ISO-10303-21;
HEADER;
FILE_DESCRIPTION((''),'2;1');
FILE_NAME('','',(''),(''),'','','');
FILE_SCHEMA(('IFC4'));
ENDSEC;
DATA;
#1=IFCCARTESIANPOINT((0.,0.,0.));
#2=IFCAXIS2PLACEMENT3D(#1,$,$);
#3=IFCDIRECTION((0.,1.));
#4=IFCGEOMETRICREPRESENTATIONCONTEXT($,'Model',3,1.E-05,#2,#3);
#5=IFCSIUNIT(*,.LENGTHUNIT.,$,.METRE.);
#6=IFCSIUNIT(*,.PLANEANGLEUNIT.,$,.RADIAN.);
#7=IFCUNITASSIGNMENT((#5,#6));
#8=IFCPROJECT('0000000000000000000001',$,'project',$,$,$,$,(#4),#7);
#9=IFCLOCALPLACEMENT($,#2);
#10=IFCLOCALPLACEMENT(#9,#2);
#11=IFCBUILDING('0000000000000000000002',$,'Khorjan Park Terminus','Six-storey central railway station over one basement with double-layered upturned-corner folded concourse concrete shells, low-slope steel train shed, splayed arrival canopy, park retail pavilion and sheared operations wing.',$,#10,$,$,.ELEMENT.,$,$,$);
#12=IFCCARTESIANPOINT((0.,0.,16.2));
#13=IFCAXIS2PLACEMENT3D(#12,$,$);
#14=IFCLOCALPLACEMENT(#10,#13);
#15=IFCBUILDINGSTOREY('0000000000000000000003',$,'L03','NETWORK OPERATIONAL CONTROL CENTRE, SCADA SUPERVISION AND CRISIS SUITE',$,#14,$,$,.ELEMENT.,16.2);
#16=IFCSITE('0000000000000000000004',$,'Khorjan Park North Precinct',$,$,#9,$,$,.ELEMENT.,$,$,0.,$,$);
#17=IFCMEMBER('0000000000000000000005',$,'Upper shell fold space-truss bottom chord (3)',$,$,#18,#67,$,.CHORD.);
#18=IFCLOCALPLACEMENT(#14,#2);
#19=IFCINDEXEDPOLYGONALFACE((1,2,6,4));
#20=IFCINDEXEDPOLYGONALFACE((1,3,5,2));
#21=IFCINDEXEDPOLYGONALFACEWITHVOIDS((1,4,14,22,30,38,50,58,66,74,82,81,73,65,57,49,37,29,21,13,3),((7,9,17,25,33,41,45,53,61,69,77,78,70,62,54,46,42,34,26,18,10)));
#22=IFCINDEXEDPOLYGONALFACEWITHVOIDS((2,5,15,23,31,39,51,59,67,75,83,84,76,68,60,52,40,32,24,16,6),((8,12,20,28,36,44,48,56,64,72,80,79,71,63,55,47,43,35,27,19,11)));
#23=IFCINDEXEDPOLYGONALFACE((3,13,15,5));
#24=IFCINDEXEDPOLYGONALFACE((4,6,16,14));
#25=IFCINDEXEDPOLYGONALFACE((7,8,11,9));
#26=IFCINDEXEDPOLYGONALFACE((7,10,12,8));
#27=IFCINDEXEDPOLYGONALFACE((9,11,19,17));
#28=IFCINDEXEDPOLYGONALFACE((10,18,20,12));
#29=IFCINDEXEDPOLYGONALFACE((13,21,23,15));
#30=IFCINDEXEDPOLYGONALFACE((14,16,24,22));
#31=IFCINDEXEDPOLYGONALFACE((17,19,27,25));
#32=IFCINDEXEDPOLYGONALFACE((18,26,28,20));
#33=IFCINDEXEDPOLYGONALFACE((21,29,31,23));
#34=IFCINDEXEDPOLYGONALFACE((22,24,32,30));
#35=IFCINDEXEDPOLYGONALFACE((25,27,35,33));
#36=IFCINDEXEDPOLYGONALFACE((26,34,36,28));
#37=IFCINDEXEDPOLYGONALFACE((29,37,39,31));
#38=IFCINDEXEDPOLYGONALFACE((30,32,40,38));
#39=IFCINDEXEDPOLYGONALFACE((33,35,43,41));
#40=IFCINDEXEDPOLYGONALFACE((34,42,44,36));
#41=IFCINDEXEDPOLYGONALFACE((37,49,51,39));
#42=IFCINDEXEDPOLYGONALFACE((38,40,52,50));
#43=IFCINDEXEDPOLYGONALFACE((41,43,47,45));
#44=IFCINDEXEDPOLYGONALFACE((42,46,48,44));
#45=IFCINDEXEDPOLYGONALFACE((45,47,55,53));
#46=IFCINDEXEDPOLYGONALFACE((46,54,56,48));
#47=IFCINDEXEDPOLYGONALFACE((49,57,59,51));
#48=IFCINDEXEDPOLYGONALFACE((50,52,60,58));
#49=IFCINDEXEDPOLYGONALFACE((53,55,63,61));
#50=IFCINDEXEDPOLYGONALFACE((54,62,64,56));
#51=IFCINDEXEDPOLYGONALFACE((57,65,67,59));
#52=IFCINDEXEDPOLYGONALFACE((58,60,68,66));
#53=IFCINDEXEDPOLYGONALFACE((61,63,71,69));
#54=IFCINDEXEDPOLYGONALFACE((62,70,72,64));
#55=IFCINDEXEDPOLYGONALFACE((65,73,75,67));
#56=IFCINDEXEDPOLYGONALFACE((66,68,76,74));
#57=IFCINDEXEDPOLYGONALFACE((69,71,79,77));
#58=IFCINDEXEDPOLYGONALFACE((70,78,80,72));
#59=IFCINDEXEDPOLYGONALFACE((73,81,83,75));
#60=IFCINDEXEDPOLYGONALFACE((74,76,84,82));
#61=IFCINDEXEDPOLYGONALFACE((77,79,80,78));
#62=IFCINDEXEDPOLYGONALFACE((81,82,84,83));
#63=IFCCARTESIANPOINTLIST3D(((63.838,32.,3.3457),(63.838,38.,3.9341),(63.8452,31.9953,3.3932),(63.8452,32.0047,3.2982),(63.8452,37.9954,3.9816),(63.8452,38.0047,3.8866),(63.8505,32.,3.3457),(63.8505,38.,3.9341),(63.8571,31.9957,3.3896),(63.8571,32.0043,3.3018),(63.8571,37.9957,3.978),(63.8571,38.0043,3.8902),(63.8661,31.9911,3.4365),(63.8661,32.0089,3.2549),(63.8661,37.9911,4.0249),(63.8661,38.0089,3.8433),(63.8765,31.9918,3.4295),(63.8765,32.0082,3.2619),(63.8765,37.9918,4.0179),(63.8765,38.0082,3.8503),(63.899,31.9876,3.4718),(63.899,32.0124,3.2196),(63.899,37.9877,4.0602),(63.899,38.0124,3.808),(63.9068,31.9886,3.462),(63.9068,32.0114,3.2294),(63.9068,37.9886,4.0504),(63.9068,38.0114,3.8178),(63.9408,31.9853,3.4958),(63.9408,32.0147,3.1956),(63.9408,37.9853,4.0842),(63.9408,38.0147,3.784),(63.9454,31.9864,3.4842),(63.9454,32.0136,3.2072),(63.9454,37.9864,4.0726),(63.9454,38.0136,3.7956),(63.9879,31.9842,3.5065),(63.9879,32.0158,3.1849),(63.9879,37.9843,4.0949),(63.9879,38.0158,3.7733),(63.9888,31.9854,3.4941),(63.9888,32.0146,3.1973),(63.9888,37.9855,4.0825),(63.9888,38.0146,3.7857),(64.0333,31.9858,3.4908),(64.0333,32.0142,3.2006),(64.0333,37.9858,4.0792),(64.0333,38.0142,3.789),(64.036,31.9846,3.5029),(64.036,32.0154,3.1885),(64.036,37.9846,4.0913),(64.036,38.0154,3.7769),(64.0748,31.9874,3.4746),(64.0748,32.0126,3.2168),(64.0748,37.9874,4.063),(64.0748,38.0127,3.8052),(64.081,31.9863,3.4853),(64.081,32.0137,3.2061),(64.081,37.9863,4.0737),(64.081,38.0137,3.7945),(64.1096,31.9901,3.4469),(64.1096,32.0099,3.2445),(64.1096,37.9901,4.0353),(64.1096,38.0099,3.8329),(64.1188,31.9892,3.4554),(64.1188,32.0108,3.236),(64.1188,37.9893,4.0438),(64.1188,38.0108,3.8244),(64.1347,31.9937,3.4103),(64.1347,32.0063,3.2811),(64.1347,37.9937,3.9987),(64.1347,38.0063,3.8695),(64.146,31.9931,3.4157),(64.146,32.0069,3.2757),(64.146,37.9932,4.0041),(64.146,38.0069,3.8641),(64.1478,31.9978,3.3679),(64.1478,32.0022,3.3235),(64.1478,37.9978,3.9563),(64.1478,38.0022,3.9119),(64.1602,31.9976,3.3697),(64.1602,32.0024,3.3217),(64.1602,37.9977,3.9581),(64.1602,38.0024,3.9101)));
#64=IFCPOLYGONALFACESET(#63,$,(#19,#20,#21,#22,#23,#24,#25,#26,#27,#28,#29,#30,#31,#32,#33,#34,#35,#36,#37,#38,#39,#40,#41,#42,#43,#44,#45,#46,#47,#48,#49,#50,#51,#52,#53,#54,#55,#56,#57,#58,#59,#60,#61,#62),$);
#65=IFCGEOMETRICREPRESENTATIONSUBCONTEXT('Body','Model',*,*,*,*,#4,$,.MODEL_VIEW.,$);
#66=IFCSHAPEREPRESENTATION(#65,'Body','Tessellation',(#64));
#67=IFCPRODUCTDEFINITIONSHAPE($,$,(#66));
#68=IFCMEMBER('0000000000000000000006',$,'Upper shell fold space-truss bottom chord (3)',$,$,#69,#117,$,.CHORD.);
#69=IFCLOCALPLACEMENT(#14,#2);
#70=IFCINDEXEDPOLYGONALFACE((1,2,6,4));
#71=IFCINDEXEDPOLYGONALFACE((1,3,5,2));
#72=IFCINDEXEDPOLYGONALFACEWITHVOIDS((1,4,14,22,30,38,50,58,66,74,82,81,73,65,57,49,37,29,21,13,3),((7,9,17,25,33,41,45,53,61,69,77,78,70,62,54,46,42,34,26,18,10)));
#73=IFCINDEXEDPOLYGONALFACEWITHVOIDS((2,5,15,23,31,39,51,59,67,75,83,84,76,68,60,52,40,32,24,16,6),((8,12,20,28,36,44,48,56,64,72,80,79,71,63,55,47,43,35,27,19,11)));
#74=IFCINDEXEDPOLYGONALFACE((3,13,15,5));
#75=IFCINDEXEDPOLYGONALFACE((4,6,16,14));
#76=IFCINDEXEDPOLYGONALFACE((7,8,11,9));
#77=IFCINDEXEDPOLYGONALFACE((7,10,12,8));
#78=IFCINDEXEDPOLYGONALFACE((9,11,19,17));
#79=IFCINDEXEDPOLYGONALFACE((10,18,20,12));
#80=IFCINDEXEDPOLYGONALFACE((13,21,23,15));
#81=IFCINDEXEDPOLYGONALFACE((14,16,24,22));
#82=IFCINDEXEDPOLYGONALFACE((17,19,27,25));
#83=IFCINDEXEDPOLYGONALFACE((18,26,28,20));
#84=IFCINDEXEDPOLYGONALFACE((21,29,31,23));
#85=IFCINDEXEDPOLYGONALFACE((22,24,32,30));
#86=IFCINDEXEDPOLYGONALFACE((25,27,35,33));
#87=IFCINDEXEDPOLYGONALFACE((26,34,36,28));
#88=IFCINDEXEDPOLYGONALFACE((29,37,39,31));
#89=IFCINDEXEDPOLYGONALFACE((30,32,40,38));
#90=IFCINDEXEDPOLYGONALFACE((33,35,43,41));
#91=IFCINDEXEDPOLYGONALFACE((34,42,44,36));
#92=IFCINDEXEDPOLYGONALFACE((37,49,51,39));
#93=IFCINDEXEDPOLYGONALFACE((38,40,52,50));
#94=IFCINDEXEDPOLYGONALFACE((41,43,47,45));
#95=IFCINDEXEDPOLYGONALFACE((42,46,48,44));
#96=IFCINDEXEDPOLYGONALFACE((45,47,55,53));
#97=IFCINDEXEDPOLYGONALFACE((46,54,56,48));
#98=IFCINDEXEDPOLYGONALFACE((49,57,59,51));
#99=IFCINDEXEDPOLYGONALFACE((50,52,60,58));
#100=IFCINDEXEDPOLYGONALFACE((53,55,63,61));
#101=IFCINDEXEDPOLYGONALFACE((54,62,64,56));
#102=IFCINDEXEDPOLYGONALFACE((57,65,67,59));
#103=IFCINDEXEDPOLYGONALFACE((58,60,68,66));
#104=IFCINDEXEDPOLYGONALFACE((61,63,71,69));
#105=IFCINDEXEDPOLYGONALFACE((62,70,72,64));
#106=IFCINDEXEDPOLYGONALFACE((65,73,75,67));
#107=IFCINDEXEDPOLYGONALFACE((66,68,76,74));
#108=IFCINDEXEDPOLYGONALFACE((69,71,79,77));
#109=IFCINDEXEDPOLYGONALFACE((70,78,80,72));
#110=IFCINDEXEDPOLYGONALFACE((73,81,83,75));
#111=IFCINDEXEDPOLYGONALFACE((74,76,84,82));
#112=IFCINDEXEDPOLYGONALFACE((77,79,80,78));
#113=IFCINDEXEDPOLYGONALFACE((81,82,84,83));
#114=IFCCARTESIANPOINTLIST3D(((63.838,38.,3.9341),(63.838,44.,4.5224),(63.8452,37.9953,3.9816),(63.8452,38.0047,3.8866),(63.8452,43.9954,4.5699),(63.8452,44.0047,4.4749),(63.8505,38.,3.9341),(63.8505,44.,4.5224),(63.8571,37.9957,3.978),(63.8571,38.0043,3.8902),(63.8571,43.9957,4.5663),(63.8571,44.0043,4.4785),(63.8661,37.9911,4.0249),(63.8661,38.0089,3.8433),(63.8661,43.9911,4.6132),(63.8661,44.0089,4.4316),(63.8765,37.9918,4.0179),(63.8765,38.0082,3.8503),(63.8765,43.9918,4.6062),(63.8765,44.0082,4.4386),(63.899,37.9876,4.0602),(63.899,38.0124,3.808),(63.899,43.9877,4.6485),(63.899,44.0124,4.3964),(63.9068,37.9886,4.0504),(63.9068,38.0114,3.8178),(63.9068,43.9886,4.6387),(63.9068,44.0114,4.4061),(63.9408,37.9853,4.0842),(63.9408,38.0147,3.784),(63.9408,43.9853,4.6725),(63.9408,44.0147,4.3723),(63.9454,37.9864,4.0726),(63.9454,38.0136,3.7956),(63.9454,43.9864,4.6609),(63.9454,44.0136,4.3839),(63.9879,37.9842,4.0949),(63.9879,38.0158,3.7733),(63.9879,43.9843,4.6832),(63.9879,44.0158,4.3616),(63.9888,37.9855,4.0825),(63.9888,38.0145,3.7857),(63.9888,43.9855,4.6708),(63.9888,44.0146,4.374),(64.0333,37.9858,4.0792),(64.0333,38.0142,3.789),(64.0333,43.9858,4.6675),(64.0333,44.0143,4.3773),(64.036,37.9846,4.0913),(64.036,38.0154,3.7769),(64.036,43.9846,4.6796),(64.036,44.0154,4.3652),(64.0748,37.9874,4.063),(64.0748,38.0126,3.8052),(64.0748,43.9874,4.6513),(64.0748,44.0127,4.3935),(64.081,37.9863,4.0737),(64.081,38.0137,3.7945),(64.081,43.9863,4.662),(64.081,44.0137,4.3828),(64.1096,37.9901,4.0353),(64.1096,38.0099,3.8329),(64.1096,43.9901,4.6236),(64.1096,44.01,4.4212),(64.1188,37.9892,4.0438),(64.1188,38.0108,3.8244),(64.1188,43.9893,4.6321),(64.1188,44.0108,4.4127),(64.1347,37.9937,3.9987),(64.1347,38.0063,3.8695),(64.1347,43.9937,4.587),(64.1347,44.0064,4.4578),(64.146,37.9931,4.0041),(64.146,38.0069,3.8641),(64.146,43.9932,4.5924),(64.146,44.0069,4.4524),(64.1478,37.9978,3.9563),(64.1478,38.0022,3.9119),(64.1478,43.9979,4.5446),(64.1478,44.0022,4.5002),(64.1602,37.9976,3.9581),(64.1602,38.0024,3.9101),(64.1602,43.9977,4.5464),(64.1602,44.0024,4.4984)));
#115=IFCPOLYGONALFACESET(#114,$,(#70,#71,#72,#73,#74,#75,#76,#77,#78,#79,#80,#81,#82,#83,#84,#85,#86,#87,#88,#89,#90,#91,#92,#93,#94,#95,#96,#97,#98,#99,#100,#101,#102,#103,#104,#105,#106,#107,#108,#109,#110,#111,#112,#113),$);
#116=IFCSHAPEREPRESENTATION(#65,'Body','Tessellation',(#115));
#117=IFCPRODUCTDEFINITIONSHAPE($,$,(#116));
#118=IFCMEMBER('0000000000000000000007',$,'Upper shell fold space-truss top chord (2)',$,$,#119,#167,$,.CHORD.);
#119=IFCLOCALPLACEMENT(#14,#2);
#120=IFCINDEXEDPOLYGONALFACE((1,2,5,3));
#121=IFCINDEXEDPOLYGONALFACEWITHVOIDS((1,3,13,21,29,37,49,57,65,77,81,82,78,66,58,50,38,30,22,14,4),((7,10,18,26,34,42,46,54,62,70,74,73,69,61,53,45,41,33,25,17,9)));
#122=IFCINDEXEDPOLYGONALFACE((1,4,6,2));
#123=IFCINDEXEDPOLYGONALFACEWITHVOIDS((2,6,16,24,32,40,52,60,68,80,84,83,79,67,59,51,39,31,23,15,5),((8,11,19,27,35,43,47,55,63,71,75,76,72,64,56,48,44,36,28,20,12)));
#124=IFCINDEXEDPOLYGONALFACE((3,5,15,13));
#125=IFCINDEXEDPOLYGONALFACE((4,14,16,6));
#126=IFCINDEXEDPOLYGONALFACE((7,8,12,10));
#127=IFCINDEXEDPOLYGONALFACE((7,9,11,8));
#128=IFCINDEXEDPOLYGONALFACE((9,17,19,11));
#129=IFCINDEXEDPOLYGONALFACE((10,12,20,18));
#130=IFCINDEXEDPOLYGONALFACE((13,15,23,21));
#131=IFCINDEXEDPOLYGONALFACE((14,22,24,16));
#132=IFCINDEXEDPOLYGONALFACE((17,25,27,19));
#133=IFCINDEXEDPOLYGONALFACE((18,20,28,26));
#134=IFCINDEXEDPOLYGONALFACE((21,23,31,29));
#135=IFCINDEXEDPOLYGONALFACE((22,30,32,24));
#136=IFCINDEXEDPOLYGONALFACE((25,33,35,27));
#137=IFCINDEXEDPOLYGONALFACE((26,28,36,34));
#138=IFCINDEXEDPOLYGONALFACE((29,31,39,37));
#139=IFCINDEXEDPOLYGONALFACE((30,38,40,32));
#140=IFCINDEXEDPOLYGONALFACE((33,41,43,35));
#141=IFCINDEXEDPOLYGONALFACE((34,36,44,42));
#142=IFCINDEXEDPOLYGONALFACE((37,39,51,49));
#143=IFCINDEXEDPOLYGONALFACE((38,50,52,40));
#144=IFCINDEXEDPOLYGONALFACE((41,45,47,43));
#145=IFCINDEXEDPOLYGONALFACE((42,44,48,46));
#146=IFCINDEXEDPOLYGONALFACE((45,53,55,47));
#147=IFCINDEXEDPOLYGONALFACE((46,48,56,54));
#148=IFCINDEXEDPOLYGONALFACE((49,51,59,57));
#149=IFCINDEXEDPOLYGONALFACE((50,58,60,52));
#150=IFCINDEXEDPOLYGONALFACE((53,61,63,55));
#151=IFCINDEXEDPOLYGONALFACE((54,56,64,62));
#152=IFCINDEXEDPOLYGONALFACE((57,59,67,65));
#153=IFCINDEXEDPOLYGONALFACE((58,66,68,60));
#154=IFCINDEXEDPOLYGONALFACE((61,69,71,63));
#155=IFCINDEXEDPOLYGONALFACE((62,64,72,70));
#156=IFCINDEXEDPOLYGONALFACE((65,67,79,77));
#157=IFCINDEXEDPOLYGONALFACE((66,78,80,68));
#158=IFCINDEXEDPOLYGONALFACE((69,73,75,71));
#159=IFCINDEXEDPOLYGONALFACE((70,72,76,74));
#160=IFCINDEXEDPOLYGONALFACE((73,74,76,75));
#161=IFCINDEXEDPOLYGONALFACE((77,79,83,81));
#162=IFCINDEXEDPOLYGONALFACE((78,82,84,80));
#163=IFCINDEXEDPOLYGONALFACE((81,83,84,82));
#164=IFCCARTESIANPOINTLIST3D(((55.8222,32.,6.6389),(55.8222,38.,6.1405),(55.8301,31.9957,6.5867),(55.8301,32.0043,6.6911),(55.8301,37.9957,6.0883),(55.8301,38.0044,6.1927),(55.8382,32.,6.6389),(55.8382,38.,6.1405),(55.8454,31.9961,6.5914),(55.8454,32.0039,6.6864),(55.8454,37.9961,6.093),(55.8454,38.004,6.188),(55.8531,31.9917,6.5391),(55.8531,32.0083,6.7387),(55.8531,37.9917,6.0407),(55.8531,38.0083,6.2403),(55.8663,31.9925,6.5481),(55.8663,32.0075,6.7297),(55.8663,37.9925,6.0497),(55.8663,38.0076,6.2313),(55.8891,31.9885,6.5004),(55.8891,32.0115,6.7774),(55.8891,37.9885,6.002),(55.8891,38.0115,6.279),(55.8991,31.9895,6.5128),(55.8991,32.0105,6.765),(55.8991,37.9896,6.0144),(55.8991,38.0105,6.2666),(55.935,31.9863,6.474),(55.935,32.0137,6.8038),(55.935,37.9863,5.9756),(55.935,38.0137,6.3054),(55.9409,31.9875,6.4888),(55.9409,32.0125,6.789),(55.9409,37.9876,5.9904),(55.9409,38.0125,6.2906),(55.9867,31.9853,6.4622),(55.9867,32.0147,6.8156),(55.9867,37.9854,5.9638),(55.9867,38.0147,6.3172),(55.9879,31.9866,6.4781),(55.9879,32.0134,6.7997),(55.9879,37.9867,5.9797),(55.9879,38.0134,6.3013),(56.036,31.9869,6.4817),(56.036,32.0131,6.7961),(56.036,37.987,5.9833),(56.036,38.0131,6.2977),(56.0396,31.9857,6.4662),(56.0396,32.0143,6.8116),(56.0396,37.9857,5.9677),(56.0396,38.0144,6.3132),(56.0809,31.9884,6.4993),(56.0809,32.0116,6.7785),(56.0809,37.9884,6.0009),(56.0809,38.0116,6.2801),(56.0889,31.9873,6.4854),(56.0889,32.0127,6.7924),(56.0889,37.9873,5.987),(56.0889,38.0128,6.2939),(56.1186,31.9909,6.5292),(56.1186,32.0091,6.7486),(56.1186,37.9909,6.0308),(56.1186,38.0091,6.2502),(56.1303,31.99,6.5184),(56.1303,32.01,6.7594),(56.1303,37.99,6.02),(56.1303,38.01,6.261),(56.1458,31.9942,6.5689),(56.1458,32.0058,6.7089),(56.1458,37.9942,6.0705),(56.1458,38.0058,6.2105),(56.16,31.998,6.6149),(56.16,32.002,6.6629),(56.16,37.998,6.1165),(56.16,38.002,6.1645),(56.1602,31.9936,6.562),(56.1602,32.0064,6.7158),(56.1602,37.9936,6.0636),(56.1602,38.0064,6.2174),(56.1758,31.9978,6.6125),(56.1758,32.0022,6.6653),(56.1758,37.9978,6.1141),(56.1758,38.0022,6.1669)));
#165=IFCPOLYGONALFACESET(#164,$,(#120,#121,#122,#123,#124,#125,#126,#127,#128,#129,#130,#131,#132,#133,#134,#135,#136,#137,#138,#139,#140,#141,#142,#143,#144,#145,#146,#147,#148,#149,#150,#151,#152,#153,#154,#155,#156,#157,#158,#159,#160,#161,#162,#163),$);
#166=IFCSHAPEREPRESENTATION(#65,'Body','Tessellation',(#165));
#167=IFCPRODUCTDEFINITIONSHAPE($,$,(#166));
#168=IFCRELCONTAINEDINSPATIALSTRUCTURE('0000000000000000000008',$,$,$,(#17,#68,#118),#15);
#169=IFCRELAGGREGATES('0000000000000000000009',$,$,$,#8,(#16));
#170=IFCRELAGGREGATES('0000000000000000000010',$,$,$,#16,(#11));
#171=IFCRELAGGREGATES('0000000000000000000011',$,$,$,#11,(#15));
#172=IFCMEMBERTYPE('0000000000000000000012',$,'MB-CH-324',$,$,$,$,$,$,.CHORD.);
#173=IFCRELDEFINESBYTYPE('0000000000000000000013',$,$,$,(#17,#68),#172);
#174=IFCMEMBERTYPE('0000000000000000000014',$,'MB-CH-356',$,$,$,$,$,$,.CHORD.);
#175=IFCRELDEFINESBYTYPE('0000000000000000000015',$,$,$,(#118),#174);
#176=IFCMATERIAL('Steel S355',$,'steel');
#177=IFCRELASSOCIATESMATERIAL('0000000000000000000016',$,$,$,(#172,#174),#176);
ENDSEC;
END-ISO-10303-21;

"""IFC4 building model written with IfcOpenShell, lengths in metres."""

from ifc_helpers import new_model, si_unit, direction, frame, origin, origin_2d, place, context, subcontext, project, spatial, hollow_circle, extrude, material, material_profile, profile_set, type_object, element, save


model = new_model("IFC4")

# Units and contexts
model_context = context("Model", 3, precision=1e-05, world=origin(), true_north=direction((0.0, 1.0)))
body_context = subcontext(model_context, "Body", "Model", "MODEL_VIEW")
ifc_project = project(units=[si_unit("LENGTHUNIT", "METRE"), si_unit("PLANEANGLEUNIT", "RADIAN")], contexts=[model_context])

# Site, building, storey
site_placement = place(None, origin())
site = spatial("IfcSite", under=ifc_project, at=site_placement, Name="Khorjan Park North Precinct", CompositionType="ELEMENT", RefElevation=0.0)
building_placement = place(site_placement, origin())
building = spatial("IfcBuilding", under=site, at=building_placement, Name="Khorjan Park Terminus", Description="Six-storey central railway station over one basement with double-layered upturned-corner folded concourse concrete shells, low-slope steel train shed, splayed arrival canopy, park retail pavilion and sheared operations wing.", CompositionType="ELEMENT")
storey_placement = place(building_placement, frame((0.0, 0.0, 16.2)))
storey = spatial("IfcBuildingStorey", under=building, at=storey_placement, Name="L03", Description="NETWORK OPERATIONAL CONTROL CENTRE, SCADA SUPERVISION AND CRISIS SUITE", CompositionType="ELEMENT", Elevation=16.2)

# Members
ifc_material = material(Name="Steel S355", Category="steel")
ifc_material_profile_1 = material_profile(ifc_material, hollow_circle(Radius=0.162, WallThickness=0.0125, at=origin_2d()), Name="CHS 323.9x12.5")
ifc_profile_set_1 = profile_set([ifc_material_profile_1], Name="Steel S355")
member_type_1 = type_object("IfcMemberType", Name="MB-CH-324", PredefinedType="CHORD", material=ifc_profile_set_1)
for number, where, z_axis, x_axis, name in (
    (1, (64.0, 32.0, 3.3457), (0.0, 0.995226, 0.097598), (-1.0, 0.0, 0.0), "Upper shell fold space-truss bottom chord (3)"),
    (2, (64.0, 38.0, 3.9341), (0.0, 0.995227, 0.097582), (-1.0, 0.0, 0.0), "Upper shell fold space-truss bottom chord (3)"),
):
    element("IfcMember", number, at=place(storey_placement, frame(where, z_axis=z_axis, x_axis=x_axis)), inside=storey, type_object=member_type_1, Name=name, PredefinedType="CHORD", context=body_context, shape_type="SweptSolid", body=[
        extrude(hollow_circle(Radius=0.162, WallThickness=0.0125, at=origin_2d()), origin(), (0.0, 0.0, 1.0), 6.0288),
    ])
ifc_material_profile_2 = material_profile(ifc_material, hollow_circle(Radius=0.1778, WallThickness=0.016, at=origin_2d()), Name="CHS 355.6x16")
ifc_profile_set_2 = profile_set([ifc_material_profile_2], Name="Steel S355")
member_type_2 = type_object("IfcMemberType", Name="MB-CH-356", PredefinedType="CHORD", material=ifc_profile_set_2)
member_1_placement = place(storey_placement, frame((56.0, 32.0, 6.6389), z_axis=(0.0, 0.996568, -0.082782), x_axis=(-1.0, 0.0, 0.0)))
element("IfcMember", 3, at=member_1_placement, inside=storey, type_object=member_type_2, Name="Upper shell fold space-truss top chord (2)", PredefinedType="CHORD", context=body_context, shape_type="SweptSolid", body=[
    extrude(hollow_circle(Radius=0.1778, WallThickness=0.016, at=origin_2d()), origin(), (0.0, 0.0, 1.0), 6.0207),
])

save(model, "model.ifc")
